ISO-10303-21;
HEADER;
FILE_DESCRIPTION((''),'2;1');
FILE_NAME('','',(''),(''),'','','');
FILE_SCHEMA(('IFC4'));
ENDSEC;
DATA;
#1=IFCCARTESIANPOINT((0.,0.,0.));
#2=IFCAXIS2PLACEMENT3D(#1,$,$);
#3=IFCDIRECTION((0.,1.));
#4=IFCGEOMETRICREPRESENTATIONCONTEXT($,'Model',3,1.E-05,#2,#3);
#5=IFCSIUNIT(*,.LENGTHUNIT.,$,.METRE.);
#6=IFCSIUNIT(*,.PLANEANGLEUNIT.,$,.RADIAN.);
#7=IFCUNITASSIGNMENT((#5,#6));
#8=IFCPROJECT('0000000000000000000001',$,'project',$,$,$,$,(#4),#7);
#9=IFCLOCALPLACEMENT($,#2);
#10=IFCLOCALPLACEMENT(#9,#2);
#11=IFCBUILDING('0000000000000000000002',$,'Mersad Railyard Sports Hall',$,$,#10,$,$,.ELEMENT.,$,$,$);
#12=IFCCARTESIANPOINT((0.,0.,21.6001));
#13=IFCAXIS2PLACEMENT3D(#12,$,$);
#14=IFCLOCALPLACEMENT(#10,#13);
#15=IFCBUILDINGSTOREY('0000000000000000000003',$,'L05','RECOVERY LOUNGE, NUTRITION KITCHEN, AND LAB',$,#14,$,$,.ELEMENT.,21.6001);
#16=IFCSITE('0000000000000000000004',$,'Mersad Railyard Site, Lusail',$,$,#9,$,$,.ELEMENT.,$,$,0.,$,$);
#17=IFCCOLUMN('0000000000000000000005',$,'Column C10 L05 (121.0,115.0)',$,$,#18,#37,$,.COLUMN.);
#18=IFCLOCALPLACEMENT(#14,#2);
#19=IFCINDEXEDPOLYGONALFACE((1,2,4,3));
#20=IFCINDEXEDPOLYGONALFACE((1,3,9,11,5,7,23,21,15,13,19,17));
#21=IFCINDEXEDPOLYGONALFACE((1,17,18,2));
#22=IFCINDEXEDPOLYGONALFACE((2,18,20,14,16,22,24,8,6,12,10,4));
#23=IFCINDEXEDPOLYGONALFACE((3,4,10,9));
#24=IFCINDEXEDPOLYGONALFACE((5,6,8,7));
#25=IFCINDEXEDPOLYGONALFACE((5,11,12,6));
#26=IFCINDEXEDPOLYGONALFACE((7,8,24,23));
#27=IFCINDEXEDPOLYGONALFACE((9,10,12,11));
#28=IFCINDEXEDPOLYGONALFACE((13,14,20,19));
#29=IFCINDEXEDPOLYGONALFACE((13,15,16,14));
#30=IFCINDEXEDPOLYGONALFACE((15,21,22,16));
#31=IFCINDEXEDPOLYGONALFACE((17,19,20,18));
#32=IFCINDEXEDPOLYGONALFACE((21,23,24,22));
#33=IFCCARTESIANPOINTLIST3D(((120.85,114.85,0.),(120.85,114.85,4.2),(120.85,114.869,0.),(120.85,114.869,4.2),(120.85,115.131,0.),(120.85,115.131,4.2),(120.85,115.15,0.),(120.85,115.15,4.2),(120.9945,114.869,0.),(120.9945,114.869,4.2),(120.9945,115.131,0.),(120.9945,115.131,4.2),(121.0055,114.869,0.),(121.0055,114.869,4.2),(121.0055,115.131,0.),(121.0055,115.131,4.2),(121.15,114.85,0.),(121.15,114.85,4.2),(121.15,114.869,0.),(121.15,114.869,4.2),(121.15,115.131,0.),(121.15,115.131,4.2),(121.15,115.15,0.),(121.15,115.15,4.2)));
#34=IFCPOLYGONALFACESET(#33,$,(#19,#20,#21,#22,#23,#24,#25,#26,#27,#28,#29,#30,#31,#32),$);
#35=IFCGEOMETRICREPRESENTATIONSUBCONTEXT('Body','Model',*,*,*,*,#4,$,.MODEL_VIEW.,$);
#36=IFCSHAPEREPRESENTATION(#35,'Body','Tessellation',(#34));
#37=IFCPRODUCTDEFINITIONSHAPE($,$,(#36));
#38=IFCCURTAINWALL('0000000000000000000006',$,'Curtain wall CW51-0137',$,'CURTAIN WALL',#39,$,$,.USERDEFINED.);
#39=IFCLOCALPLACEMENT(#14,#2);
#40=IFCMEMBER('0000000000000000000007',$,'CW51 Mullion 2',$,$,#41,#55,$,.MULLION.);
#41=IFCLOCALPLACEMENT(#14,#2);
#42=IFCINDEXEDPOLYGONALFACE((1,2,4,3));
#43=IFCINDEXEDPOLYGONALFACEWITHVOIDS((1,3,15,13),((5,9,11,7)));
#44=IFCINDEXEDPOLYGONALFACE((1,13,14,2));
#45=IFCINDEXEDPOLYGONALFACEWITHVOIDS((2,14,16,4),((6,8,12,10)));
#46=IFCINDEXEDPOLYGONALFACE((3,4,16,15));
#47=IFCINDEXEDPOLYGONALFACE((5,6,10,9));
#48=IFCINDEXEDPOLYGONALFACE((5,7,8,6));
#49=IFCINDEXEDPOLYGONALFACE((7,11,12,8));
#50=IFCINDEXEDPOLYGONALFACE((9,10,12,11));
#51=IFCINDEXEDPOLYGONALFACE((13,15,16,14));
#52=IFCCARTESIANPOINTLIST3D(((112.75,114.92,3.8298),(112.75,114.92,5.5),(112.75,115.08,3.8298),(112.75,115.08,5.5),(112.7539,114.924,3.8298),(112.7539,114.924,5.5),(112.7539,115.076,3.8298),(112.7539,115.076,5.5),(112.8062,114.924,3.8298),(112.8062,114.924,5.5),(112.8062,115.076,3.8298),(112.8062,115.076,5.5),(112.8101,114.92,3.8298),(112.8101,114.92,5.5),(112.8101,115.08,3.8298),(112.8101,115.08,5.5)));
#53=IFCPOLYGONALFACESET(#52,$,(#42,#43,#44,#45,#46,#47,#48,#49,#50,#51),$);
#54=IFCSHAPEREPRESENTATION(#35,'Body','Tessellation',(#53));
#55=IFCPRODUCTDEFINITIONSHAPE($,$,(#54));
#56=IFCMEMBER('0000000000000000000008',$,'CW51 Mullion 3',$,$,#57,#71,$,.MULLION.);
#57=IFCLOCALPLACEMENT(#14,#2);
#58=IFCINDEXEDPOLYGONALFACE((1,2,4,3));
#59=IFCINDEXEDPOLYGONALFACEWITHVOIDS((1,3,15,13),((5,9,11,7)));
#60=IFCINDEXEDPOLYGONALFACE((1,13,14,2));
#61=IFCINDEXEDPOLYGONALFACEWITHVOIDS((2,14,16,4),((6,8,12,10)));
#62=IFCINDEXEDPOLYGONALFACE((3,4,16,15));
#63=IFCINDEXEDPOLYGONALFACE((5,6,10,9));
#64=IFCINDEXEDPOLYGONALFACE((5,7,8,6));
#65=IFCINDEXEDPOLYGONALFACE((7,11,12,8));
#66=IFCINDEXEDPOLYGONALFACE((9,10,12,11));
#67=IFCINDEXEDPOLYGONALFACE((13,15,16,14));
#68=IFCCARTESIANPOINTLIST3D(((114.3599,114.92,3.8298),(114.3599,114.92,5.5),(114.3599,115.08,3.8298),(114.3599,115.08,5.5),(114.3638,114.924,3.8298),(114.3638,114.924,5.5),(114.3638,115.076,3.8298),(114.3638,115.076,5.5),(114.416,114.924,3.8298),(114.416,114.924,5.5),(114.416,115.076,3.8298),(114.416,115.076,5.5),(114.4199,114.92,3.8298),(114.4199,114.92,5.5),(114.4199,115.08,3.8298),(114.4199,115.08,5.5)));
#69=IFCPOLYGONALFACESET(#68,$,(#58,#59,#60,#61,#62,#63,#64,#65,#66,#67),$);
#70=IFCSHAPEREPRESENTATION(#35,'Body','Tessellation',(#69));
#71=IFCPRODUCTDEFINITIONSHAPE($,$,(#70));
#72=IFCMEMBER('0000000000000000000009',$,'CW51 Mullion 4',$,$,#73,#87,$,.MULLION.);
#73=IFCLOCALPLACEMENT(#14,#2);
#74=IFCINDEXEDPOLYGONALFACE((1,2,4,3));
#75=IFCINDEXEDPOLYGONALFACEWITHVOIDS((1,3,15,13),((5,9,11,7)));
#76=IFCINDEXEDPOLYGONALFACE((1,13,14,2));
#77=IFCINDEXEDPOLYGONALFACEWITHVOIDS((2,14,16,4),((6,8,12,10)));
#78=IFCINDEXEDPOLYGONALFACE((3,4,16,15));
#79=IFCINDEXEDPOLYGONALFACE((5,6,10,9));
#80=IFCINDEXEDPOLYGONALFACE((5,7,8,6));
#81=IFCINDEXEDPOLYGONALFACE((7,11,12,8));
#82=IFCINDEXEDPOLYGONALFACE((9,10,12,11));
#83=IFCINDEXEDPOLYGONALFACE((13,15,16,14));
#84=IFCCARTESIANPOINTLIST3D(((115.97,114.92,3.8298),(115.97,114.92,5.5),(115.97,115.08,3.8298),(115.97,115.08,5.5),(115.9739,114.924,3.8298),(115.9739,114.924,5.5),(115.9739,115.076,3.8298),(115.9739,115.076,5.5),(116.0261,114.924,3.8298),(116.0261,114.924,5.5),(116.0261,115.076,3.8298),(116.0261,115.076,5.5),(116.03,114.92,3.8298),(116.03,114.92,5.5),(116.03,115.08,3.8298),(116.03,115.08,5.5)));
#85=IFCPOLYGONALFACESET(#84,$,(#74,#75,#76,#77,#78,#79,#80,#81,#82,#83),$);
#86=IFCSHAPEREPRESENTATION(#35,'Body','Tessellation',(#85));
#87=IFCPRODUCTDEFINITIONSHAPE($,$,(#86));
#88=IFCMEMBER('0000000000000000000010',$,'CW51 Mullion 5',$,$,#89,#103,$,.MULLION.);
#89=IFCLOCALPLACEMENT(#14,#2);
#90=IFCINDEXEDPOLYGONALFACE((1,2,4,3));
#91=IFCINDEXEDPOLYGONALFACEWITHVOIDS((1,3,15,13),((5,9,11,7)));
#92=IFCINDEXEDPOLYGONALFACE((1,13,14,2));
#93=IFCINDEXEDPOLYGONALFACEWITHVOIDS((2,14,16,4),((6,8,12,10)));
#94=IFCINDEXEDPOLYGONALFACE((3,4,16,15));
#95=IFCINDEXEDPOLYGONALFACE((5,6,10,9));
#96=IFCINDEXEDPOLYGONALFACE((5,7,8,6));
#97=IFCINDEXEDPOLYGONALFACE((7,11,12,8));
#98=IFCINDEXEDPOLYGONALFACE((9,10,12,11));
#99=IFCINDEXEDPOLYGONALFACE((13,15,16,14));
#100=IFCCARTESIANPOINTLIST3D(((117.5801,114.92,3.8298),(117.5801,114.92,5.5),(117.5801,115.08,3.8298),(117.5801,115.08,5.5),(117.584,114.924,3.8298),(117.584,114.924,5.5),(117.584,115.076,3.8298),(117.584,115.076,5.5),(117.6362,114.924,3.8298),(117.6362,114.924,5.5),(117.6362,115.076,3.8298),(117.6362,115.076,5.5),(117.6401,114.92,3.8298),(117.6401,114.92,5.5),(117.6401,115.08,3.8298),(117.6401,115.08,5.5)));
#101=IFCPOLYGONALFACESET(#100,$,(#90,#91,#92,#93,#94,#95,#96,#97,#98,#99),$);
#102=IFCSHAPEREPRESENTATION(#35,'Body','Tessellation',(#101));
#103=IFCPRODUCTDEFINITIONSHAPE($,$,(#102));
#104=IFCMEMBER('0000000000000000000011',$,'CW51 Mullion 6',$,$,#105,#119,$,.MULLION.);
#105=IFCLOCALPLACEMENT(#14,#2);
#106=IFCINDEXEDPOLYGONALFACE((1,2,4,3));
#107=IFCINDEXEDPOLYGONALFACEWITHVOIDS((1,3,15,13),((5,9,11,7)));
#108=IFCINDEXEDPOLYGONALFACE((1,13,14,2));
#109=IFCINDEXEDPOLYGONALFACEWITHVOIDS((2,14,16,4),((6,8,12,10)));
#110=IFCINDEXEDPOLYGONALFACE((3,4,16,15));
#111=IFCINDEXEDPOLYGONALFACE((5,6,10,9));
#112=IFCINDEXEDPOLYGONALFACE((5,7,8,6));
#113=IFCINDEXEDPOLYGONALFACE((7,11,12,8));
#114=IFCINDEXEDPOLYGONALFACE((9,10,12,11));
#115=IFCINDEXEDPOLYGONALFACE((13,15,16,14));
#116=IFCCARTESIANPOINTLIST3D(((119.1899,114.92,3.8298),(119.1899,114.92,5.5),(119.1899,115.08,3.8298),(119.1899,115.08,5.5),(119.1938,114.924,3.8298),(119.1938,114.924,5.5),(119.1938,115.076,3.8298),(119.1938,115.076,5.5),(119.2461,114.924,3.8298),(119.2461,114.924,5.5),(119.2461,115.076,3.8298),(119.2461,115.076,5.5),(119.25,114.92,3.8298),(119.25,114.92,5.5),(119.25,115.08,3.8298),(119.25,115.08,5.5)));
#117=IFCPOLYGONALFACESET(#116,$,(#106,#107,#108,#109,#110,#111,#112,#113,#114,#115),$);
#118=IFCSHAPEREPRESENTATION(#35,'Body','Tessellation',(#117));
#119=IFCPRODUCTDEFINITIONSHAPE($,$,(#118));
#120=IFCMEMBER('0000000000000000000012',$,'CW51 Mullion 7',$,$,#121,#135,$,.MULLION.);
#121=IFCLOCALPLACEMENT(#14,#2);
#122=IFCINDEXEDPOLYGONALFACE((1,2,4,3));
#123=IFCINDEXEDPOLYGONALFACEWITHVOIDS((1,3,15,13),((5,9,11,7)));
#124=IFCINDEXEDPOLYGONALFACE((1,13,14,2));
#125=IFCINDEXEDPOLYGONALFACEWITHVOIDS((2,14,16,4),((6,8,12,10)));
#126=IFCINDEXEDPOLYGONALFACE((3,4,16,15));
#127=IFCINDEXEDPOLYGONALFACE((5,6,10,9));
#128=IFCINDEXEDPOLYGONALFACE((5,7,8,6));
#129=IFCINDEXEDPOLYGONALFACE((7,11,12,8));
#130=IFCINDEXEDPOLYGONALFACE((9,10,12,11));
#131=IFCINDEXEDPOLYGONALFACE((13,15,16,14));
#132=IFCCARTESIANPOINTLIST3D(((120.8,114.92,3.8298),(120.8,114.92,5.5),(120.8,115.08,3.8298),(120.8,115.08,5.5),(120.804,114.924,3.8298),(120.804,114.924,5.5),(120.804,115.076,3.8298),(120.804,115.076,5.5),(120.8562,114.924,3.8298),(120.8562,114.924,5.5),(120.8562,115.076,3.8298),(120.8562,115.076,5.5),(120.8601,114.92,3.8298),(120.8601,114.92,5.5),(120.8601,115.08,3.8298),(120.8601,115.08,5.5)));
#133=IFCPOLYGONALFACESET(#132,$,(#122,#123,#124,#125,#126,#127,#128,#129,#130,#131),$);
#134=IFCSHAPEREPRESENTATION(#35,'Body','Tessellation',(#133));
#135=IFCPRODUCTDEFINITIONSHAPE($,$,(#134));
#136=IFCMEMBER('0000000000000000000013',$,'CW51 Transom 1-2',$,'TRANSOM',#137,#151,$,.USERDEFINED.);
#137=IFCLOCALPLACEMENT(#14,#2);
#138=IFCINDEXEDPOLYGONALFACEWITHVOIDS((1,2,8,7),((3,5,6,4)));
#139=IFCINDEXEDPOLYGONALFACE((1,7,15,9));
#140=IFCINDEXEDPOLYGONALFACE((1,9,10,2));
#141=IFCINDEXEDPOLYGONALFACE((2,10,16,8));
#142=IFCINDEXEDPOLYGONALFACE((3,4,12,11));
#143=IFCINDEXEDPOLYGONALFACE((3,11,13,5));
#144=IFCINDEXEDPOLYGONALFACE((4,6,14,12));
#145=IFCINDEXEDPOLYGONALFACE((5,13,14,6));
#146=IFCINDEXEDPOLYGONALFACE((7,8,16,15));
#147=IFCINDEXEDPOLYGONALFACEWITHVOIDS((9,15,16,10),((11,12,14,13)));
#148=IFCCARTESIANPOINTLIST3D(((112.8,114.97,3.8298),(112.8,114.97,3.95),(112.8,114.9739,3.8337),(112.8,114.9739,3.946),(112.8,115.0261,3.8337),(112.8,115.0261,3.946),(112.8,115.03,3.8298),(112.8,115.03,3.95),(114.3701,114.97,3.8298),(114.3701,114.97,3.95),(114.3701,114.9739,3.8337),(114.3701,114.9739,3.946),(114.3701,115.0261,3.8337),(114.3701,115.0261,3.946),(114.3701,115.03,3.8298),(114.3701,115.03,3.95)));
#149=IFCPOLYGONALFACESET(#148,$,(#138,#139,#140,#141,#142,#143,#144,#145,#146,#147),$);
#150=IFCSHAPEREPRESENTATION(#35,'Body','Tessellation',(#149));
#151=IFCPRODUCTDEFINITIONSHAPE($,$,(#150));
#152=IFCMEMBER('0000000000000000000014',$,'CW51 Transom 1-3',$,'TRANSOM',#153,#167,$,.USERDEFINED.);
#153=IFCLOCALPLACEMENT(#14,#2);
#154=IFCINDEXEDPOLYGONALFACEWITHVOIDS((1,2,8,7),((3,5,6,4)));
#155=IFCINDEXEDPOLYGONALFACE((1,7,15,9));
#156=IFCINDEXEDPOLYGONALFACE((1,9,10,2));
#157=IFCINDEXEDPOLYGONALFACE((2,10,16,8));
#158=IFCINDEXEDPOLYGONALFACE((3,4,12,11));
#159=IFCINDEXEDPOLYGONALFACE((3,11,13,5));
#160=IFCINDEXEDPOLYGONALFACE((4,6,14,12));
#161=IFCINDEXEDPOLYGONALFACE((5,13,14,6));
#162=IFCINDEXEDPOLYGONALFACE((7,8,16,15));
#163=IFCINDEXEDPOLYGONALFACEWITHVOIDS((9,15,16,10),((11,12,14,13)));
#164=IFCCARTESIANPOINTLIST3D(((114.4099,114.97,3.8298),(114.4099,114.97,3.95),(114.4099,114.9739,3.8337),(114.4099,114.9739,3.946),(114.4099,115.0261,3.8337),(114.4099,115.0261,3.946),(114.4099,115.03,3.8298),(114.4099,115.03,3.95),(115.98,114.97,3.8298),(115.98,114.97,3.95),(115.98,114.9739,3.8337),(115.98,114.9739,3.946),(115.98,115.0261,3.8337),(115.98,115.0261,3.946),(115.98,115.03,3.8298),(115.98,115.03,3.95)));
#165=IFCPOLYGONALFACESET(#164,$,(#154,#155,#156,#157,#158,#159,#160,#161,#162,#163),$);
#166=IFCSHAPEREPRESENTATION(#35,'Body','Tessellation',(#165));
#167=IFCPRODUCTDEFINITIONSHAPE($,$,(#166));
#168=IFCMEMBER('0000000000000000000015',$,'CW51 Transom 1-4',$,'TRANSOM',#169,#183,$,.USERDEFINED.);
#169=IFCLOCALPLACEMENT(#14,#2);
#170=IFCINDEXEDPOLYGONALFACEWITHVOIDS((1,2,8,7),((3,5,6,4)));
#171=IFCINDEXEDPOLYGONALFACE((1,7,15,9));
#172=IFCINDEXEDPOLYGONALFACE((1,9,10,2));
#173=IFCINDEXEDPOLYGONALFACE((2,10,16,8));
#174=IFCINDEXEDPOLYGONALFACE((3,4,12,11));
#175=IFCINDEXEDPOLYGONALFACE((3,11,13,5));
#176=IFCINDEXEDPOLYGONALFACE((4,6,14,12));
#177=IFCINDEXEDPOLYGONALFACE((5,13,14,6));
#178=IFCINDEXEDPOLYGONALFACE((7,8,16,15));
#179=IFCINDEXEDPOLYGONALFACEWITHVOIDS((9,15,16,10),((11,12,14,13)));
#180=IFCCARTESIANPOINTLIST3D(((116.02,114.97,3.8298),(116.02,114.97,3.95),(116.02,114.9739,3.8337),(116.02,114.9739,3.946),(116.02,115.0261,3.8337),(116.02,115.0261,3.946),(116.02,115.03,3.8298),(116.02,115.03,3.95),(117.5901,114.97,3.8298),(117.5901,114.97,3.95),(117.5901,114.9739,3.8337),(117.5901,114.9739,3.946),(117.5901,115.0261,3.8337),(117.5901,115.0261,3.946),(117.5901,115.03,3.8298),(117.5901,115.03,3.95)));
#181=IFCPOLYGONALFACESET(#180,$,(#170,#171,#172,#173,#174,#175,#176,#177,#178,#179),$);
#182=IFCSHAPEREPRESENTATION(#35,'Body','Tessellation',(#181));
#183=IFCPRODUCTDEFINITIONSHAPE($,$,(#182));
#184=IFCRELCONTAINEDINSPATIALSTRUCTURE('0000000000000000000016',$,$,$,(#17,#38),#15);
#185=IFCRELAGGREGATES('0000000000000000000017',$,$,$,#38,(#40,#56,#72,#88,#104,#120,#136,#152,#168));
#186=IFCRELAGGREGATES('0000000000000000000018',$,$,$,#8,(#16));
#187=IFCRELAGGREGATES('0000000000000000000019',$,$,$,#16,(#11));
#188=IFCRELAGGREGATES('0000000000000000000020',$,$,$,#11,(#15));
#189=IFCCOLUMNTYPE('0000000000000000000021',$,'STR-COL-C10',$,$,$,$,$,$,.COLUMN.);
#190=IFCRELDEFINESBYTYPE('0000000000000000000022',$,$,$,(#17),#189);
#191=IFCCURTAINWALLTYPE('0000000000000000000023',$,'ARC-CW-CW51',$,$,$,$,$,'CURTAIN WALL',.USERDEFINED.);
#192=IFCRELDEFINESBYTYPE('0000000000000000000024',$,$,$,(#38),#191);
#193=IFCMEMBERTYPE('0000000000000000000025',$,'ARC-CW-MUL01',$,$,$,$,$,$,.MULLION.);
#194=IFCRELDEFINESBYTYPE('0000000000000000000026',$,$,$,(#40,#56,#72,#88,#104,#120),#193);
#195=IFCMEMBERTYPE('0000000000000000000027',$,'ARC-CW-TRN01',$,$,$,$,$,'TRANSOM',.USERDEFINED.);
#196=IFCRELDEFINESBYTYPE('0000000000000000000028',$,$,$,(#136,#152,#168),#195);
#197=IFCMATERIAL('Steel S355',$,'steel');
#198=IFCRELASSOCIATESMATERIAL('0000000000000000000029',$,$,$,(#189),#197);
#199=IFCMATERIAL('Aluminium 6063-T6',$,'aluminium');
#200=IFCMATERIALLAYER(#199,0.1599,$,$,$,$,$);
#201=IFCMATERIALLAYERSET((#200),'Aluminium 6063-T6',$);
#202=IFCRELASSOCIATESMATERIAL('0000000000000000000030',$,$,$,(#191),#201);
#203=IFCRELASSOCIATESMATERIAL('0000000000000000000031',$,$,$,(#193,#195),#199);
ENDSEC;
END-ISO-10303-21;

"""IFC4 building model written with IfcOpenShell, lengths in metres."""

from ifc_helpers import new_model, si_unit, direction, frame, origin, origin_2d, place, context, subcontext, project, spatial, hollow_rectangle, i_section, extrude, material, layer, layer_set, material_profile, profile_set, type_object, element, aggregate, save


model = new_model("IFC4")

# Units and contexts
model_context = context("Model", 3, precision=1e-05, world=origin(), true_north=direction((0.0, 1.0)))
body_context = subcontext(model_context, "Body", "Model", "MODEL_VIEW")
ifc_project = project(units=[si_unit("LENGTHUNIT", "METRE"), si_unit("PLANEANGLEUNIT", "RADIAN")], contexts=[model_context])

# Site, building, storey
site_placement = place(None, origin())
site = spatial("IfcSite", under=ifc_project, at=site_placement, Name="Mersad Railyard Site, Lusail", CompositionType="ELEMENT", RefElevation=0.0)
building_placement = place(site_placement, origin())
building = spatial("IfcBuilding", under=site, at=building_placement, Name="Mersad Railyard Sports Hall", CompositionType="ELEMENT")
storey_placement = place(building_placement, frame((0.0, 0.0, 21.6001)))
storey = spatial("IfcBuildingStorey", under=building, at=storey_placement, Name="L05", Description="RECOVERY LOUNGE, NUTRITION KITCHEN, AND LAB", CompositionType="ELEMENT", Elevation=21.6001)

# Column
ifc_material_1 = material(Name="Steel S355", Category="steel")
ifc_material_profile_1 = material_profile(ifc_material_1, i_section(OverallWidth=0.3, OverallDepth=0.3, WebThickness=0.011, FlangeThickness=0.019, at=origin_2d()), Name="HEB 300")
ifc_profile_set_1 = profile_set([ifc_material_profile_1], Name="Steel S355")
column_type = type_object("IfcColumnType", Name="STR-COL-C10", PredefinedType="COLUMN", material=ifc_profile_set_1)
column_placement = place(storey_placement, frame((121.0, 115.0, 0.0), z_axis=(0.0, 0.0, 1.0), x_axis=(1.0, 0.0, 0.0)))
element("IfcColumn", 1, at=column_placement, inside=storey, type_object=column_type, Name="Column C10 L05 (121.0,115.0)", PredefinedType="COLUMN", context=body_context, shape_type="SweptSolid", body=[
    extrude(i_section(OverallWidth=0.3, OverallDepth=0.3, WebThickness=0.011, FlangeThickness=0.019, at=origin_2d()), origin(), (0.0, 0.0, 1.0), 4.2),
])

# Curtain wall, members
ifc_material_2 = material(Name="Aluminium 6063-T6", Category="aluminium")
ifc_layer_1 = layer(ifc_material_2, 0.1599)
ifc_layer_set_1 = layer_set([ifc_layer_1], Name="Aluminium 6063-T6")
curtain_wall_type = type_object("IfcCurtainWallType", Name="ARC-CW-CW51", ElementType="CURTAIN WALL", PredefinedType="USERDEFINED", material=ifc_layer_set_1)
curtain_wall_placement = place(storey_placement, origin())
curtain_wall = element("IfcCurtainWall", 2, at=curtain_wall_placement, inside=storey, type_object=curtain_wall_type, Name="Curtain wall CW51-0137", ObjectType="CURTAIN WALL", PredefinedType="USERDEFINED")
ifc_material_profile_2 = material_profile(ifc_material_2, hollow_rectangle(XDim=0.0601, YDim=0.1599, WallThickness=0.0039, at=origin_2d()), Name="AL MULLION 60x160x4")
ifc_profile_set_2 = profile_set([ifc_material_profile_2], Name="Aluminium 6063-T6")
member_type_1 = type_object("IfcMemberType", Name="ARC-CW-MUL01", PredefinedType="MULLION", material=ifc_profile_set_2)
member_1_placement = place(storey_placement, frame((112.78, 115.0, 3.8298), z_axis=(0.0, 0.0, 1.0), x_axis=(1.0, 0.0, 0.0)))
member_1 = element("IfcMember", 3, at=member_1_placement, type_object=member_type_1, Name="CW51 Mullion 2", PredefinedType="MULLION", context=body_context, shape_type="SweptSolid", body=[
    extrude(hollow_rectangle(XDim=0.0601, YDim=0.1599, WallThickness=0.0039, at=origin_2d()), origin(), (0.0, 0.0, 1.0), 1.6702),
])
member_2_placement = place(storey_placement, frame((114.3899, 115.0, 3.8298), z_axis=(0.0, 0.0, 1.0), x_axis=(1.0, 0.0, 0.0)))
member_2 = element("IfcMember", 4, at=member_2_placement, type_object=member_type_1, Name="CW51 Mullion 3", PredefinedType="MULLION", context=body_context, shape_type="SweptSolid", body=[
    extrude(hollow_rectangle(XDim=0.0601, YDim=0.1599, WallThickness=0.0039, at=origin_2d()), origin(), (0.0, 0.0, 1.0), 1.6702),
])
member_3_placement = place(storey_placement, frame((116.0, 115.0, 3.8298), z_axis=(0.0, 0.0, 1.0), x_axis=(1.0, 0.0, 0.0)))
member_3 = element("IfcMember", 5, at=member_3_placement, type_object=member_type_1, Name="CW51 Mullion 4", PredefinedType="MULLION", context=body_context, shape_type="SweptSolid", body=[
    extrude(hollow_rectangle(XDim=0.0601, YDim=0.1599, WallThickness=0.0039, at=origin_2d()), origin(), (0.0, 0.0, 1.0), 1.6702),
])
member_4_placement = place(storey_placement, frame((117.6101, 115.0, 3.8298), z_axis=(0.0, 0.0, 1.0), x_axis=(1.0, 0.0, 0.0)))
member_4 = element("IfcMember", 6, at=member_4_placement, type_object=member_type_1, Name="CW51 Mullion 5", PredefinedType="MULLION", context=body_context, shape_type="SweptSolid", body=[
    extrude(hollow_rectangle(XDim=0.0601, YDim=0.1599, WallThickness=0.0039, at=origin_2d()), origin(), (0.0, 0.0, 1.0), 1.6702),
])
member_5_placement = place(storey_placement, frame((119.22, 115.0, 3.8298), z_axis=(0.0, 0.0, 1.0), x_axis=(1.0, 0.0, 0.0)))
member_5 = element("IfcMember", 7, at=member_5_placement, type_object=member_type_1, Name="CW51 Mullion 6", PredefinedType="MULLION", context=body_context, shape_type="SweptSolid", body=[
    extrude(hollow_rectangle(XDim=0.0601, YDim=0.1599, WallThickness=0.0039, at=origin_2d()), origin(), (0.0, 0.0, 1.0), 1.6702),
])
member_6_placement = place(storey_placement, frame((120.8301, 115.0, 3.8298), z_axis=(0.0, 0.0, 1.0), x_axis=(1.0, 0.0, 0.0)))
member_6 = element("IfcMember", 8, at=member_6_placement, type_object=member_type_1, Name="CW51 Mullion 7", PredefinedType="MULLION", context=body_context, shape_type="SweptSolid", body=[
    extrude(hollow_rectangle(XDim=0.0601, YDim=0.1599, WallThickness=0.0039, at=origin_2d()), origin(), (0.0, 0.0, 1.0), 1.6702),
])
ifc_material_profile_3 = material_profile(ifc_material_2, hollow_rectangle(XDim=0.0601, YDim=0.1201, WallThickness=0.0039, at=origin_2d()), Name="AL TRANSOM 60x120x4")
ifc_profile_set_3 = profile_set([ifc_material_profile_3], Name="Aluminium 6063-T6")
member_type_2 = type_object("IfcMemberType", Name="ARC-CW-TRN01", ElementType="TRANSOM", PredefinedType="USERDEFINED", material=ifc_profile_set_3)
member_7_placement = place(storey_placement, frame((112.8, 115.0, 3.8899), z_axis=(1.0, 0.0, 0.0), x_axis=(0.0, 1.0, 0.0)))
member_7 = element("IfcMember", 9, at=member_7_placement, type_object=member_type_2, Name="CW51 Transom 1-2", ObjectType="TRANSOM", PredefinedType="USERDEFINED", context=body_context, shape_type="SweptSolid", body=[
    extrude(hollow_rectangle(XDim=0.0601, YDim=0.1201, WallThickness=0.0039, at=origin_2d()), origin(), (0.0, 0.0, 1.0), 1.5701),
])
member_8_placement = place(storey_placement, frame((114.4099, 115.0, 3.8899), z_axis=(1.0, 0.0, 0.0), x_axis=(0.0, 1.0, 0.0)))
member_8 = element("IfcMember", 10, at=member_8_placement, type_object=member_type_2, Name="CW51 Transom 1-3", ObjectType="TRANSOM", PredefinedType="USERDEFINED", context=body_context, shape_type="SweptSolid", body=[
    extrude(hollow_rectangle(XDim=0.0601, YDim=0.1201, WallThickness=0.0039, at=origin_2d()), origin(), (0.0, 0.0, 1.0), 1.5701),
])
member_9_placement = place(storey_placement, frame((116.02, 115.0, 3.8899), z_axis=(1.0, 0.0, 0.0), x_axis=(0.0, 1.0, 0.0)))
member_9 = element("IfcMember", 11, at=member_9_placement, type_object=member_type_2, Name="CW51 Transom 1-4", ObjectType="TRANSOM", PredefinedType="USERDEFINED", context=body_context, shape_type="SweptSolid", body=[
    extrude(hollow_rectangle(XDim=0.0601, YDim=0.1201, WallThickness=0.0039, at=origin_2d()), origin(), (0.0, 0.0, 1.0), 1.5701),
])
aggregate(curtain_wall, [member_1, member_2, member_3, member_4, member_5, member_6, member_7, member_8, member_9])

save(model, "model.ifc")
